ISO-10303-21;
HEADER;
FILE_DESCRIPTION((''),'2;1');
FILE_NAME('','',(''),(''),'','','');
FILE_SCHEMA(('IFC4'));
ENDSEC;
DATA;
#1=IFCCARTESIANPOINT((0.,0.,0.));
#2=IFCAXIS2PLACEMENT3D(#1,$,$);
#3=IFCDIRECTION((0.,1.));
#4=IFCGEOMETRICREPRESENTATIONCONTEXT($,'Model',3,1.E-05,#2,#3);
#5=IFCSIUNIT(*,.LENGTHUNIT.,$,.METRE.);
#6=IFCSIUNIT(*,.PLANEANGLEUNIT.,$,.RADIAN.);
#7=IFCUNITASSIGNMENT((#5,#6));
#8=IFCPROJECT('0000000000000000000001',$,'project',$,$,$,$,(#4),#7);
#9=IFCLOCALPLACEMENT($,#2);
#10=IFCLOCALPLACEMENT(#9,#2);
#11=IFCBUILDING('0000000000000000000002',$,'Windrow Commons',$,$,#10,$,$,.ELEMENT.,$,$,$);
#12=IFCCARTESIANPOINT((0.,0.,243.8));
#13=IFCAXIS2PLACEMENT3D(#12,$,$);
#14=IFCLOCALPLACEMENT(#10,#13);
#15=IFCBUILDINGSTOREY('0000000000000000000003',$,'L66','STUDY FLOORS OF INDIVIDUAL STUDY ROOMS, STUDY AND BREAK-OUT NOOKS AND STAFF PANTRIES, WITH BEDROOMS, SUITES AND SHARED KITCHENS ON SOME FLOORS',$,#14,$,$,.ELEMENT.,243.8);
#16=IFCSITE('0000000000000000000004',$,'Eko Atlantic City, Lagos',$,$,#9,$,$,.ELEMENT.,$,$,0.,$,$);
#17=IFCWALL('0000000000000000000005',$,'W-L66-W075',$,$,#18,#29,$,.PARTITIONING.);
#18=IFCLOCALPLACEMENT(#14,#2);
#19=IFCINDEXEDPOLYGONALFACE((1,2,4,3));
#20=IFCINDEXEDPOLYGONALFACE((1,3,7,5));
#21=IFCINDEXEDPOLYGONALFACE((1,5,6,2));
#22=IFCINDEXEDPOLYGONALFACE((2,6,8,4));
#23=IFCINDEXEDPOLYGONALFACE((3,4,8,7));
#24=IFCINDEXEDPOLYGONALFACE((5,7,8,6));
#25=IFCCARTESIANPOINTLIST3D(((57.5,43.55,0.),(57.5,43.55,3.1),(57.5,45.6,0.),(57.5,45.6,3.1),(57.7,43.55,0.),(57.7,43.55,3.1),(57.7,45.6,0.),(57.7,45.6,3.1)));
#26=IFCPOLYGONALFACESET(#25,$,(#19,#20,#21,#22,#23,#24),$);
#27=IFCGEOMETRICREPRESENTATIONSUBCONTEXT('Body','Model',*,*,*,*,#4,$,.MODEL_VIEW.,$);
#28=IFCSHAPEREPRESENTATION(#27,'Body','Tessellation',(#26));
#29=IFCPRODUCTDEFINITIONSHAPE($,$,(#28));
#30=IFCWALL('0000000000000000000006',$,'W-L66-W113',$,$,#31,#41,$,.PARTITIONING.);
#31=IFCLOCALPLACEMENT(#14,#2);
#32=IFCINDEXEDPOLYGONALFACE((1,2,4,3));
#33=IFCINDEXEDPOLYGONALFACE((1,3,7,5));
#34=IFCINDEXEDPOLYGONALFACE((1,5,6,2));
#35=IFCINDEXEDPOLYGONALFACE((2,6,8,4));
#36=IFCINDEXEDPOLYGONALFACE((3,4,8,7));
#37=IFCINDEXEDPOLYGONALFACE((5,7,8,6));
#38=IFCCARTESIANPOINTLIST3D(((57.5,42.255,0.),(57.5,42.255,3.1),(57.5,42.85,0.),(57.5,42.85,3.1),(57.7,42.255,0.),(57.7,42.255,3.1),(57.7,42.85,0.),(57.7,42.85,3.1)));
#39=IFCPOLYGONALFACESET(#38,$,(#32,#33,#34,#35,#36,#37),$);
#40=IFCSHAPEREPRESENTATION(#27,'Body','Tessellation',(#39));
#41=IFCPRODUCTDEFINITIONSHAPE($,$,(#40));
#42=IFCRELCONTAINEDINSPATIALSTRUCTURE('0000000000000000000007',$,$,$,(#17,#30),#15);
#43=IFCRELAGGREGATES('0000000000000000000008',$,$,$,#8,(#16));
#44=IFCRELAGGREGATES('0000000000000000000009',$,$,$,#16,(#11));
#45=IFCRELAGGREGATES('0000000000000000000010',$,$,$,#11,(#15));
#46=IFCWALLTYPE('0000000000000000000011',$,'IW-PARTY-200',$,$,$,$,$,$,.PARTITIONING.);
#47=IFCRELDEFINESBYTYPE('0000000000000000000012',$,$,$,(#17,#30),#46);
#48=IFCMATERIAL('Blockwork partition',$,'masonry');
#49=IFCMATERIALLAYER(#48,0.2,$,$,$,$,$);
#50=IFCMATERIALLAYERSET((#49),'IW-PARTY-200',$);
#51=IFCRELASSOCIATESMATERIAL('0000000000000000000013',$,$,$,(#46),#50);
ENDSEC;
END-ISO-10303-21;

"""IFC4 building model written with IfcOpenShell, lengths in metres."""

from ifc_helpers import new_model, si_unit, direction, frame, frame_2d, origin, place, context, subcontext, project, spatial, rectangle, extrude, material, layer, layer_set, type_object, element, save


model = new_model("IFC4")

# Units and contexts
model_context = context("Model", 3, precision=1e-05, world=origin(), true_north=direction((0.0, 1.0)))
body_context = subcontext(model_context, "Body", "Model", "MODEL_VIEW")
ifc_project = project(units=[si_unit("LENGTHUNIT", "METRE"), si_unit("PLANEANGLEUNIT", "RADIAN")], contexts=[model_context])

# Site, building, storey
site_placement = place(None, origin())
site = spatial("IfcSite", under=ifc_project, at=site_placement, Name="Eko Atlantic City, Lagos", CompositionType="ELEMENT", RefElevation=0.0)
building_placement = place(site_placement, origin())
building = spatial("IfcBuilding", under=site, at=building_placement, Name="Windrow Commons", CompositionType="ELEMENT")
storey_placement = place(building_placement, frame((0.0, 0.0, 243.8)))
storey = spatial("IfcBuildingStorey", under=building, at=storey_placement, Name="L66", Description="STUDY FLOORS OF INDIVIDUAL STUDY ROOMS, STUDY AND BREAK-OUT NOOKS AND STAFF PANTRIES, WITH BEDROOMS, SUITES AND SHARED KITCHENS ON SOME FLOORS", CompositionType="ELEMENT", Elevation=243.8)

# Walls
ifc_material_1 = material(Name="Blockwork partition", Category="masonry")
ifc_layer_1 = layer(ifc_material_1, 0.2)
ifc_layer_set_1 = layer_set([ifc_layer_1], Name="IW-PARTY-200")
wall_type_1 = type_object("IfcWallType", Name="IW-PARTY-200", PredefinedType="PARTITIONING", material=ifc_layer_set_1)
wall_1_placement = place(storey_placement, frame((57.6, 43.55, 0.0), z_axis=(0.0, 0.0, 1.0), x_axis=(0.0, 1.0, 0.0)))
element("IfcWall", 1, at=wall_1_placement, inside=storey, type_object=wall_type_1, Name="W-L66-W075", PredefinedType="PARTITIONING", context=body_context, shape_type="SweptSolid", body=[
    extrude(rectangle(XDim=2.05, YDim=0.2, at=frame_2d((1.025, 0.0))), origin(), (0.0, 0.0, 1.0), 3.1),
])
wall_2_placement = place(storey_placement, frame((57.6, 42.2551, 0.0), z_axis=(0.0, 0.0, 1.0), x_axis=(0.0, 1.0, 0.0)))
element("IfcWall", 2, at=wall_2_placement, inside=storey, type_object=wall_type_1, Name="W-L66-W113", PredefinedType="PARTITIONING", context=body_context, shape_type="SweptSolid", body=[
    extrude(rectangle(XDim=0.5949, YDim=0.2, at=frame_2d((0.2974, 0.0))), origin(), (0.0, 0.0, 1.0), 3.1),
])

save(model, "model.ifc")
